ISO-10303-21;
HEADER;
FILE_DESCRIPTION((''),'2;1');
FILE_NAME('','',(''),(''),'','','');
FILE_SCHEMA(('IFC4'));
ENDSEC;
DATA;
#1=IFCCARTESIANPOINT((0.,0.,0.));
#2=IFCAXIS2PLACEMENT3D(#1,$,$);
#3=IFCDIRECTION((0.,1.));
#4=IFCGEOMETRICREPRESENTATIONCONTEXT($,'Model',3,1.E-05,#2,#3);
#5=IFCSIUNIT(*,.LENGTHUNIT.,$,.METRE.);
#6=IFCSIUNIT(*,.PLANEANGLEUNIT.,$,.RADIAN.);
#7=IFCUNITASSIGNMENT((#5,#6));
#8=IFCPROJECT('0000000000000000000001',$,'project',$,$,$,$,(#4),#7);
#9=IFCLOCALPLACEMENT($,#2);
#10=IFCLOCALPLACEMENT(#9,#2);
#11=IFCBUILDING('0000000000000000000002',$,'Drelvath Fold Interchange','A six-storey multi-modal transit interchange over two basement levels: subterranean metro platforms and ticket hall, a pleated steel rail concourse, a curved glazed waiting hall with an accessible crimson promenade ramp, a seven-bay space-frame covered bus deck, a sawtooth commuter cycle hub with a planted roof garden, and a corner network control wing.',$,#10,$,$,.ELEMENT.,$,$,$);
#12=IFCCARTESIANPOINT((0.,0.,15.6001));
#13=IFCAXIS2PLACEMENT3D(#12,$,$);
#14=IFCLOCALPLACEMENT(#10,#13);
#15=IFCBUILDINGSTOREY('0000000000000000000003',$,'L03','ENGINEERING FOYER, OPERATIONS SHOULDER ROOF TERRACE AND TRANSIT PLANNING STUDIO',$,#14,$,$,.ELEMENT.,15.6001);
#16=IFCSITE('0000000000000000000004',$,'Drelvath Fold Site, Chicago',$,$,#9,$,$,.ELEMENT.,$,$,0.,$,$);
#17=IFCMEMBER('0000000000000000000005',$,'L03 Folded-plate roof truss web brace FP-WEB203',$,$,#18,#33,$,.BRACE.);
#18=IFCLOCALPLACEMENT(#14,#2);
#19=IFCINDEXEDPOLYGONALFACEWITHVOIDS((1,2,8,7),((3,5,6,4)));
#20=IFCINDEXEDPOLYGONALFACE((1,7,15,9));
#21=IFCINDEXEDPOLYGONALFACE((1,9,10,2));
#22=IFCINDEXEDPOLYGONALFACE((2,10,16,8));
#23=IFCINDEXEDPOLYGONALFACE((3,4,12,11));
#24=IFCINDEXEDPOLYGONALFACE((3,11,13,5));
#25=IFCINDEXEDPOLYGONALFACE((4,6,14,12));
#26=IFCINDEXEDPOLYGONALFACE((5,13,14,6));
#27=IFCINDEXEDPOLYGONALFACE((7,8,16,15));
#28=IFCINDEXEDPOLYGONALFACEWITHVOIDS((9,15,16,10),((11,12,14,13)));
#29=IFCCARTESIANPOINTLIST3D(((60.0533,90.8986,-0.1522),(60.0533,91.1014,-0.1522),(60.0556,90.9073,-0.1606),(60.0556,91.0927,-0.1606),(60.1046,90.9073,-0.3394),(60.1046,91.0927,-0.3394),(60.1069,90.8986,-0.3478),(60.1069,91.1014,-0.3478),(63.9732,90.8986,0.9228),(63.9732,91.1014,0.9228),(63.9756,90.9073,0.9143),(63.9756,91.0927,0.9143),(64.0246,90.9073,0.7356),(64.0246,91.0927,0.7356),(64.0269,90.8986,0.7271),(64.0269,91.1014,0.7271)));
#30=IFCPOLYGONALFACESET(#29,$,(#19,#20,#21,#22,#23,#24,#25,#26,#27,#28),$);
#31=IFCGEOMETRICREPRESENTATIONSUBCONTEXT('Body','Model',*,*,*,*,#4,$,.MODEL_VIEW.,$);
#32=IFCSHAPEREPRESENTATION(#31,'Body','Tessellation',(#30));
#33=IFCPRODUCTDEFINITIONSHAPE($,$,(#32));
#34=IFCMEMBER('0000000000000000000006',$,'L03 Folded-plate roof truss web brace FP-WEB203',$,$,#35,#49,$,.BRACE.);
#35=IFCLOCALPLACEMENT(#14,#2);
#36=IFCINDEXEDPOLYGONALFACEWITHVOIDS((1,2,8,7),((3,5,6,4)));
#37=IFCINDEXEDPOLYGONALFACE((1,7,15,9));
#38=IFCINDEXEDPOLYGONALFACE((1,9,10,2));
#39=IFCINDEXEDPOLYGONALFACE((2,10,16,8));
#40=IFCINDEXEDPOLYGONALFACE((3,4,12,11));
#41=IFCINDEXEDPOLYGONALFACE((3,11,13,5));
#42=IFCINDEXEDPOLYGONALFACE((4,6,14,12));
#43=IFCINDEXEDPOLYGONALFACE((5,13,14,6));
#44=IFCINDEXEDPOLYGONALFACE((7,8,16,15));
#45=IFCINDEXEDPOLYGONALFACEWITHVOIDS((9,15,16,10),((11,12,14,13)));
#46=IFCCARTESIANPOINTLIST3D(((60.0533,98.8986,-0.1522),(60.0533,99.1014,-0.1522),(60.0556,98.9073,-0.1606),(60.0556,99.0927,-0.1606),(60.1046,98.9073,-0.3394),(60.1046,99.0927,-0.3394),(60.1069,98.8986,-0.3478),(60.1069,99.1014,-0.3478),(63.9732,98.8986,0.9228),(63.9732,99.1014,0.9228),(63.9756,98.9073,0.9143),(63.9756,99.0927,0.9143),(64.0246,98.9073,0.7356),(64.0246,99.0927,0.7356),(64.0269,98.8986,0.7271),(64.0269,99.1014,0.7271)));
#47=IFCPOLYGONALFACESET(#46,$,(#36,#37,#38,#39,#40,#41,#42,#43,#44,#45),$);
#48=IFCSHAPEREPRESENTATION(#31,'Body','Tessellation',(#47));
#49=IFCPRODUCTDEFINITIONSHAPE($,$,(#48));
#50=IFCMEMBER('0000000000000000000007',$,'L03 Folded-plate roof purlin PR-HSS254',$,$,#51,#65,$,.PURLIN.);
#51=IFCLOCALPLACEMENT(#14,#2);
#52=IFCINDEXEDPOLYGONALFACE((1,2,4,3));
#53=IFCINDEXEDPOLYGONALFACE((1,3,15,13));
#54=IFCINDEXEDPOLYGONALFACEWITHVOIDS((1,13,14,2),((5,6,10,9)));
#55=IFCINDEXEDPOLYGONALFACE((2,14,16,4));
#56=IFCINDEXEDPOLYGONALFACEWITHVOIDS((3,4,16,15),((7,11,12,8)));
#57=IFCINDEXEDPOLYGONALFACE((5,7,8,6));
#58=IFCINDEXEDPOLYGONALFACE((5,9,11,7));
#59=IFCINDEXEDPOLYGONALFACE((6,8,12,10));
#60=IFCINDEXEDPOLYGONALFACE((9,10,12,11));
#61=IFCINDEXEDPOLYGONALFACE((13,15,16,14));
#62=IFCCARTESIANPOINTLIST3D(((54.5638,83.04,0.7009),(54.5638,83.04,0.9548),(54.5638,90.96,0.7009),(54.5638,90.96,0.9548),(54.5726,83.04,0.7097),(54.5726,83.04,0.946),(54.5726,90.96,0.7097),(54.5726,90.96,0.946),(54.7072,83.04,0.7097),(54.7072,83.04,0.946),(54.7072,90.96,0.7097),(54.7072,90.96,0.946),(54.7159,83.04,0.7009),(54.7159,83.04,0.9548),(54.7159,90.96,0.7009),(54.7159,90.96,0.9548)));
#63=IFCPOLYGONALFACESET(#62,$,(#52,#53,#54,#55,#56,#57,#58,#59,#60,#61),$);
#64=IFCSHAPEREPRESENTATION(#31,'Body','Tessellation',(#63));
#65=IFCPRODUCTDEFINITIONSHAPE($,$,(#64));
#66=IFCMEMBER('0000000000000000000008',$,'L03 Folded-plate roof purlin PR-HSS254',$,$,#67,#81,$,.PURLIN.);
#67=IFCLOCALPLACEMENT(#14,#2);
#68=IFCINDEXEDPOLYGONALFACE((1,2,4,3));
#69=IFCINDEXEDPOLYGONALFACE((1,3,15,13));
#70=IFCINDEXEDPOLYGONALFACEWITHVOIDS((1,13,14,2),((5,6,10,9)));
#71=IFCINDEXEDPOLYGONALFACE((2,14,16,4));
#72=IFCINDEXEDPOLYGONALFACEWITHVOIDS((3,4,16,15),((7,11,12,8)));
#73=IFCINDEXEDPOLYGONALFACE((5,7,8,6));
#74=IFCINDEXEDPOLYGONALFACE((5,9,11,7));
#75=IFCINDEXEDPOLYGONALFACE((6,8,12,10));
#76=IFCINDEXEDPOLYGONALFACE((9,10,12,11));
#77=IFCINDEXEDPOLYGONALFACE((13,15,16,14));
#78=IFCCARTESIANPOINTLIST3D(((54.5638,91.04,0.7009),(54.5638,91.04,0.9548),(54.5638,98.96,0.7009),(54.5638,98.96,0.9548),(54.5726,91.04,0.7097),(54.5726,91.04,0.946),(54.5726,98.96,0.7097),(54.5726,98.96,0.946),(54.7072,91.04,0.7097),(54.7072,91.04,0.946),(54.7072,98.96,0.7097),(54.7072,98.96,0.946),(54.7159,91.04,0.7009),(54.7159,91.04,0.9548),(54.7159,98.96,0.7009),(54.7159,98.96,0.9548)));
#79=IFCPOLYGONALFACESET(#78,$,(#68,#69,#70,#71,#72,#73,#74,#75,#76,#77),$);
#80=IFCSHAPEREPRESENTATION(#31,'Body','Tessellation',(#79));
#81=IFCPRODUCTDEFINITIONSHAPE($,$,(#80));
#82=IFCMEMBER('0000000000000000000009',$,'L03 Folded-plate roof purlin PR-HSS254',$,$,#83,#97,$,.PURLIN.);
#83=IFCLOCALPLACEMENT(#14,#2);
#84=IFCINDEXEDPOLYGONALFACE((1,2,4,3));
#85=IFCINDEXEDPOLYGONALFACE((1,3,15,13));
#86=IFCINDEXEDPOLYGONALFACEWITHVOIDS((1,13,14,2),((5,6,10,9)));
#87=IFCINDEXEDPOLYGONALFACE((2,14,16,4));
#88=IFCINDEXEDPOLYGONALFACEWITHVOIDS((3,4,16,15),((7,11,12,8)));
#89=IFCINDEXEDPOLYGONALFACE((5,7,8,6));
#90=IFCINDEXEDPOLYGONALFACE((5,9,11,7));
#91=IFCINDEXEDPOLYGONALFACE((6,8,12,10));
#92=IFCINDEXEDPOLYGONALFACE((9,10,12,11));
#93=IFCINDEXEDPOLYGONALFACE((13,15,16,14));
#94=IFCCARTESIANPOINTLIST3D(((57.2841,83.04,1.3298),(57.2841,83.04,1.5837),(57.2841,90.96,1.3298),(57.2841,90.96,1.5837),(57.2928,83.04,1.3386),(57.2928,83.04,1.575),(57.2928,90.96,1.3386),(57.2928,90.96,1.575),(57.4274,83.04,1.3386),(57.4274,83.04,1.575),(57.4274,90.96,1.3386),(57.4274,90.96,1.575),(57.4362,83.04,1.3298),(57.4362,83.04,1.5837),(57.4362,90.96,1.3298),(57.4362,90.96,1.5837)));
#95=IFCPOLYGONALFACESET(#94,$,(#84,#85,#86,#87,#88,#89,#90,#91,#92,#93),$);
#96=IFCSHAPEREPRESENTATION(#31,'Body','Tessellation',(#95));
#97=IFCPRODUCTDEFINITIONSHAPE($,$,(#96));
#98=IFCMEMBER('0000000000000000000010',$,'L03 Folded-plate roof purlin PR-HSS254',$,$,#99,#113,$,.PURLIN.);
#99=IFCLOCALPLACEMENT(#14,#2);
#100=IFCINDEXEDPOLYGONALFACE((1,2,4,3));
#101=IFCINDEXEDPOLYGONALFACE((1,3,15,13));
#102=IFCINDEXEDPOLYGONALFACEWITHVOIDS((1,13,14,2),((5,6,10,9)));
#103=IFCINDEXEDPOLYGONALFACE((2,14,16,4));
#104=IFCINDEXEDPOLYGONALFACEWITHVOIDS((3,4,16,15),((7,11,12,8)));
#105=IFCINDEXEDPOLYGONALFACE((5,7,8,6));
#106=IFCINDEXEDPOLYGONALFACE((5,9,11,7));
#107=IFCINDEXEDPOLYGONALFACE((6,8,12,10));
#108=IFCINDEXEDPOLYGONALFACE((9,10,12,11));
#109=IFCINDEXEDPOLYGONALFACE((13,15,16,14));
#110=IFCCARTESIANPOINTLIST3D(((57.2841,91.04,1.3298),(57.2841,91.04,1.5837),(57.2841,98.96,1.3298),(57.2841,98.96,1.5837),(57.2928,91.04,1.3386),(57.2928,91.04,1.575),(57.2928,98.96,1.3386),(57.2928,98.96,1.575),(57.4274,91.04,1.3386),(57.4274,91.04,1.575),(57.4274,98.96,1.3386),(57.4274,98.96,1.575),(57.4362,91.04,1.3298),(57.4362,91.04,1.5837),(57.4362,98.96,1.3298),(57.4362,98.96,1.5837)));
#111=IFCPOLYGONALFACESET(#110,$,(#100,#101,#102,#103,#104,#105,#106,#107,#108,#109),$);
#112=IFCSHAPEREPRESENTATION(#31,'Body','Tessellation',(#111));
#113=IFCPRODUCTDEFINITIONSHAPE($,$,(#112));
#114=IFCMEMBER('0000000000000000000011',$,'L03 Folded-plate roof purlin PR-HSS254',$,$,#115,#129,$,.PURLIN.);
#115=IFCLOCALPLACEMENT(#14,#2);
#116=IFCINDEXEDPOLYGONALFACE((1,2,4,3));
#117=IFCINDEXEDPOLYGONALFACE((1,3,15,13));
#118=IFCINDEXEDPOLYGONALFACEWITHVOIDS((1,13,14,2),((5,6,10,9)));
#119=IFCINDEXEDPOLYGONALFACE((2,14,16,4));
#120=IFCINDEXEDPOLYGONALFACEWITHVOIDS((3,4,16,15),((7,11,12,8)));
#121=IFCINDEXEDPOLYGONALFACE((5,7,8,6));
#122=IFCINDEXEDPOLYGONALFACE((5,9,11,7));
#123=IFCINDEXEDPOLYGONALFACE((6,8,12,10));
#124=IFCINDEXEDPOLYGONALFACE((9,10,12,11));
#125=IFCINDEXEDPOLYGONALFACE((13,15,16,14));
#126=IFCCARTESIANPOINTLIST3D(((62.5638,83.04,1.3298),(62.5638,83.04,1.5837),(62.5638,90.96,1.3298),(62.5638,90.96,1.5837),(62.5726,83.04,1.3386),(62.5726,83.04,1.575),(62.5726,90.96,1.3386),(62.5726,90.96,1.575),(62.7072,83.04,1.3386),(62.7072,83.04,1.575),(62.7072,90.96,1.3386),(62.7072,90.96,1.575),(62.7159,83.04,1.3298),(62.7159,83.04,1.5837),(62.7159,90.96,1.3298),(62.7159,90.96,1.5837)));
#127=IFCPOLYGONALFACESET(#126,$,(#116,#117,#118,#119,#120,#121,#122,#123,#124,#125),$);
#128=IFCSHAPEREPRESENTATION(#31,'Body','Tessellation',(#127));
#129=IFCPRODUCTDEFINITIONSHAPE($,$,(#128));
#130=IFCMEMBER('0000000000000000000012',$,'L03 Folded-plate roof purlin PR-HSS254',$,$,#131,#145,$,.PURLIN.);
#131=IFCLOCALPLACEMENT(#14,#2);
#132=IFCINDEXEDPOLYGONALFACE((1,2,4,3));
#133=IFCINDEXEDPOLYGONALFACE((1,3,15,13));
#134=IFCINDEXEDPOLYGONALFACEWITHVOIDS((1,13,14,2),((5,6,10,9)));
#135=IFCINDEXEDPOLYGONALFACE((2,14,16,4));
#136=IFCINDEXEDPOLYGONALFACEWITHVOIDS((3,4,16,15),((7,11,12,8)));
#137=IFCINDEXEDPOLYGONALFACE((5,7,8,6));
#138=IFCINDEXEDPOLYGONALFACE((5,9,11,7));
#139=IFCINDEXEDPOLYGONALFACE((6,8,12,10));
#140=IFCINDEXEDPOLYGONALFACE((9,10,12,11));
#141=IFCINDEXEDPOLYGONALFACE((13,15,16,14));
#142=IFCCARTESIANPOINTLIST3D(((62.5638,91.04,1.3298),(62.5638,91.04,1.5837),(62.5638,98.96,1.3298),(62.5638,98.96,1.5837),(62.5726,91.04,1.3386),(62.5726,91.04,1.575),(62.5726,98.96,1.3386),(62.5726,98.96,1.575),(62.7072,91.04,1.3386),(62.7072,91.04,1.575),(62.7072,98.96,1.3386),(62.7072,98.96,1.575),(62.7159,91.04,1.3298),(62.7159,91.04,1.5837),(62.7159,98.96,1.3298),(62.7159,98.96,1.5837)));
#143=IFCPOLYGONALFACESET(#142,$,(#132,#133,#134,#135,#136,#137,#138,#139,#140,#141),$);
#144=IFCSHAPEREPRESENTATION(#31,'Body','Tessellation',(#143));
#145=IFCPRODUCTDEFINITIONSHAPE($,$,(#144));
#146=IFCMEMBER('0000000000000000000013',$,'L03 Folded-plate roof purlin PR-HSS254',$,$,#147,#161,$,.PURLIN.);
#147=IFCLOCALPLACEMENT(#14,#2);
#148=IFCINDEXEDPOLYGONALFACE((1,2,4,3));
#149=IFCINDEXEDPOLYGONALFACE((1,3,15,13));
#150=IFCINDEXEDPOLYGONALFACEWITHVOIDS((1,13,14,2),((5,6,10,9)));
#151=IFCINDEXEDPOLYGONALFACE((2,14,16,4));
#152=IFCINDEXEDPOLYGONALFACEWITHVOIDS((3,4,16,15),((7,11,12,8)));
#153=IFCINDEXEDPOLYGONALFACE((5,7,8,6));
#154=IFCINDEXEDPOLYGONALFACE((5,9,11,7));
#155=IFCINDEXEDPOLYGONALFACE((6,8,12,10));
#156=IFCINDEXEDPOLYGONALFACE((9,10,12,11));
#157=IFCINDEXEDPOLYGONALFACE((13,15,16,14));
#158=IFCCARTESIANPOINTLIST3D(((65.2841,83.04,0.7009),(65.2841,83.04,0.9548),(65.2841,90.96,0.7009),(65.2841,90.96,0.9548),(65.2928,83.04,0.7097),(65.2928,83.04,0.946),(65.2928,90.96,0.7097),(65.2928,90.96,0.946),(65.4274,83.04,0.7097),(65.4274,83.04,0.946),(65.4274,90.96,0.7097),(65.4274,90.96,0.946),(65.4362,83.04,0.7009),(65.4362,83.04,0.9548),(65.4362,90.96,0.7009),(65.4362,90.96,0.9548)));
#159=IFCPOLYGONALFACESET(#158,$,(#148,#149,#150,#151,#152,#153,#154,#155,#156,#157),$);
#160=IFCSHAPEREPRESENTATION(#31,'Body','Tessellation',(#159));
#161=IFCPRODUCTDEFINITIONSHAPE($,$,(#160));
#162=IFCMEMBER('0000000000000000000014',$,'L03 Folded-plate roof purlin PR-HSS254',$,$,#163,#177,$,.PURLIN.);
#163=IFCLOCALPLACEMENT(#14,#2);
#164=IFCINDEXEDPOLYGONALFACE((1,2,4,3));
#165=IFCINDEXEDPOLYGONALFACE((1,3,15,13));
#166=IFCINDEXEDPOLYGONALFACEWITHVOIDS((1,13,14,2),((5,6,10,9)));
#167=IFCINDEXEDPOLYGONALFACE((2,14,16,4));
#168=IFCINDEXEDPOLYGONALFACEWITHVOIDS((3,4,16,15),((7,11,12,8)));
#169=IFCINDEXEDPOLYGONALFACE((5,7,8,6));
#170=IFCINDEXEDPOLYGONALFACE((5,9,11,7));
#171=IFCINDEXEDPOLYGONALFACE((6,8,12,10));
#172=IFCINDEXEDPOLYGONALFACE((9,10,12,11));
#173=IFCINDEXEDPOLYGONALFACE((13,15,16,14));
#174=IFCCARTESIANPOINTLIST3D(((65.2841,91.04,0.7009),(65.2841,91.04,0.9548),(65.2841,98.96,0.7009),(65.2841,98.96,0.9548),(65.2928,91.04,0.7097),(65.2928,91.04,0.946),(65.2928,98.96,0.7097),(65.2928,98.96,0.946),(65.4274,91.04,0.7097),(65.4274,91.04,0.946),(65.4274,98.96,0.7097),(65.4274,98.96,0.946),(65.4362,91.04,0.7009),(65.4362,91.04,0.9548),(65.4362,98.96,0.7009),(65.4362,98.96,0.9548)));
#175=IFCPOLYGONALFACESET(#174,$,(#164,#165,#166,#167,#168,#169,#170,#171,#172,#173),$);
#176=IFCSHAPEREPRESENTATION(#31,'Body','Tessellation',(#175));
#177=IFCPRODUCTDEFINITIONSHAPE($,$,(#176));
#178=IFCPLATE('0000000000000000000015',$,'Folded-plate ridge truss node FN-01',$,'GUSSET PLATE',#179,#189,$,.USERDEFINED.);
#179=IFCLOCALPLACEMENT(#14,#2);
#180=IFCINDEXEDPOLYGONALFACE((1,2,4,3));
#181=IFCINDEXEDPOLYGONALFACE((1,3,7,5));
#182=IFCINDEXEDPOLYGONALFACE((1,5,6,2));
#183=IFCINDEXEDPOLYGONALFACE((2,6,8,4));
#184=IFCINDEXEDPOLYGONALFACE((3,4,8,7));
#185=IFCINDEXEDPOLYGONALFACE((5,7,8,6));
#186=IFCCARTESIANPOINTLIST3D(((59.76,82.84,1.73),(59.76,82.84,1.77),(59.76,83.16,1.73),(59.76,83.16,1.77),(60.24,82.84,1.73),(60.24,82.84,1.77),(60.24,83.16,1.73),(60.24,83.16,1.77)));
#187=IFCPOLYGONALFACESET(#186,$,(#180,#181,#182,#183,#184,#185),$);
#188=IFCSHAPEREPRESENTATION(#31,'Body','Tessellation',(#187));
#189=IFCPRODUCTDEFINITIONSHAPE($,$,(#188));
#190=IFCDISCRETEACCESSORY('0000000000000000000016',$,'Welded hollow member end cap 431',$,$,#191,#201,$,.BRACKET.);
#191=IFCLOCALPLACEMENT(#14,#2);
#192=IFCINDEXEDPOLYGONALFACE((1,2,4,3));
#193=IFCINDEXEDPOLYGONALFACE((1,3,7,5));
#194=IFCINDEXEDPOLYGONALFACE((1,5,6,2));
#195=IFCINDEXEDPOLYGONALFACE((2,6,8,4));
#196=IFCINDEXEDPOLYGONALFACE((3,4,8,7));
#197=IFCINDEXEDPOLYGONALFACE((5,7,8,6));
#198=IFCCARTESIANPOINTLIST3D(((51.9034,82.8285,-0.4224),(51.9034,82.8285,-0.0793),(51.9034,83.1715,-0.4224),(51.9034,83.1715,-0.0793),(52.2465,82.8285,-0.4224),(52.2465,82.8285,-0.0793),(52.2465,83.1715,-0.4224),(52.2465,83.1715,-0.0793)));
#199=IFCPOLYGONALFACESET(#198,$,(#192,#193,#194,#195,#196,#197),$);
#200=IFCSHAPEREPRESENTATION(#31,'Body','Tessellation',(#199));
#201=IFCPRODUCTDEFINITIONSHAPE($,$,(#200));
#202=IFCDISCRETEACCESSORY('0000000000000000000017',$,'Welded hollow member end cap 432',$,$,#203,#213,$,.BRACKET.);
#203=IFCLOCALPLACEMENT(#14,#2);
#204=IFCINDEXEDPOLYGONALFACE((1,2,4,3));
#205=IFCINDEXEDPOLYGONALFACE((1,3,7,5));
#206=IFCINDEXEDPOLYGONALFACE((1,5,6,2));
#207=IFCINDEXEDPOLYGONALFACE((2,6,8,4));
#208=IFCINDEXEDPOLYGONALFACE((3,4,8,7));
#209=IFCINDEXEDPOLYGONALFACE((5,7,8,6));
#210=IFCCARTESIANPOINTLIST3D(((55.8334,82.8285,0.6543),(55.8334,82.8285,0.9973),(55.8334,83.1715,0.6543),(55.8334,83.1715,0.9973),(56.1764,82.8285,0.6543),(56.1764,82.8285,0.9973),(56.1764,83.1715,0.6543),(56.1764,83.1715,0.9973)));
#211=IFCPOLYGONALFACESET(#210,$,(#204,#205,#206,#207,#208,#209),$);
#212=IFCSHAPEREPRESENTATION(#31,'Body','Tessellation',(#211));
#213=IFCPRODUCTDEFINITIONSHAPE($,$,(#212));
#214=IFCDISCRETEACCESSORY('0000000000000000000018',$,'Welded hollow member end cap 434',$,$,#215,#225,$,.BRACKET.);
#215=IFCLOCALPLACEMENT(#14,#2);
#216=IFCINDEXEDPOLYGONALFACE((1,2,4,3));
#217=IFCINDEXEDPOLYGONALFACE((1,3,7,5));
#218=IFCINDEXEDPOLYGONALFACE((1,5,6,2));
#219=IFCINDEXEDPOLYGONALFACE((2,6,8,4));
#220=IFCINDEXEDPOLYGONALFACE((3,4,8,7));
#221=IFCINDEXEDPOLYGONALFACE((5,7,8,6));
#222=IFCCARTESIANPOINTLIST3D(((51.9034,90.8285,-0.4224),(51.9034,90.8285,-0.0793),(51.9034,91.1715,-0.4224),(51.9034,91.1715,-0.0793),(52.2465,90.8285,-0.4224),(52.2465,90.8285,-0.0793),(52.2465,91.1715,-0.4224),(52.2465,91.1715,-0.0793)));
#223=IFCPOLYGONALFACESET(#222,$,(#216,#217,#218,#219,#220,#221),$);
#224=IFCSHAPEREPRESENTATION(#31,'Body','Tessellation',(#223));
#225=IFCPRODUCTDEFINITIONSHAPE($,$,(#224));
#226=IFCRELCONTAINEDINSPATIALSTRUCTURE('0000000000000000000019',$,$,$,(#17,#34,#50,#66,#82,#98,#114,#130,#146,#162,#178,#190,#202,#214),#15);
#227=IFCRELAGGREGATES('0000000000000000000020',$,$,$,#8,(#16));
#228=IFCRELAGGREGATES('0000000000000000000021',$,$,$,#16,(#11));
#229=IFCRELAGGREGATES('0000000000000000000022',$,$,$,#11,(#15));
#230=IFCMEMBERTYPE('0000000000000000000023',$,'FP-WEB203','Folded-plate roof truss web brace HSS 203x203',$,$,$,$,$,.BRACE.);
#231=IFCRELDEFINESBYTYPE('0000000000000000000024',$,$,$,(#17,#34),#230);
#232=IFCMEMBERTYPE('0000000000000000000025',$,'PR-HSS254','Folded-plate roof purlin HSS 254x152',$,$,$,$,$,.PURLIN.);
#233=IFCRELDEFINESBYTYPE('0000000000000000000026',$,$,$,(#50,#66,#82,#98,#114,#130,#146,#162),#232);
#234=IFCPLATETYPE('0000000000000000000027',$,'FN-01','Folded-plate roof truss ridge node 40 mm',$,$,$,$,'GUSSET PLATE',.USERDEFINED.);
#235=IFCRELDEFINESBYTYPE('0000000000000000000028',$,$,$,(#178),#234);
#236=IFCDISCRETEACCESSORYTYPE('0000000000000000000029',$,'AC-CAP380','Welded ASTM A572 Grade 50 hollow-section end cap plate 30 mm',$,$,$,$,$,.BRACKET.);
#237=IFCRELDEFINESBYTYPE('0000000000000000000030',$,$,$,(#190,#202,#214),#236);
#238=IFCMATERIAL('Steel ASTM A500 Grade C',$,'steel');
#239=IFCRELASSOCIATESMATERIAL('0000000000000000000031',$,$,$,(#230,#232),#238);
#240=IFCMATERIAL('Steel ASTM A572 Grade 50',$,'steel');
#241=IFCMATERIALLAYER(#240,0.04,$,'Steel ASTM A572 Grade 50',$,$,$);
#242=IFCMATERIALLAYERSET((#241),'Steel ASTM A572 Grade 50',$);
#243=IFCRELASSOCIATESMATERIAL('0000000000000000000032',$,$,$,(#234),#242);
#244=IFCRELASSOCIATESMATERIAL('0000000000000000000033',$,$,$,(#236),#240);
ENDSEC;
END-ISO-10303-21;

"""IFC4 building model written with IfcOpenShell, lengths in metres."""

from ifc_helpers import new_model, si_unit, direction, frame, origin, origin_2d, place, context, subcontext, project, spatial, rectangle, hollow_rectangle, extrude, material, layer, layer_set, material_profile, profile_set, type_object, element, save


model = new_model("IFC4")

# Units and contexts
model_context = context("Model", 3, precision=1e-05, world=origin(), true_north=direction((0.0, 1.0)))
body_context = subcontext(model_context, "Body", "Model", "MODEL_VIEW")
ifc_project = project(units=[si_unit("LENGTHUNIT", "METRE"), si_unit("PLANEANGLEUNIT", "RADIAN")], contexts=[model_context])

# Site, building, storey
site_placement = place(None, origin())
site = spatial("IfcSite", under=ifc_project, at=site_placement, Name="Drelvath Fold Site, Chicago", CompositionType="ELEMENT", RefElevation=0.0)
building_placement = place(site_placement, origin())
building = spatial("IfcBuilding", under=site, at=building_placement, Name="Drelvath Fold Interchange", Description="A six-storey multi-modal transit interchange over two basement levels: subterranean metro platforms and ticket hall, a pleated steel rail concourse, a curved glazed waiting hall with an accessible crimson promenade ramp, a seven-bay space-frame covered bus deck, a sawtooth commuter cycle hub with a planted roof garden, and a corner network control wing.", CompositionType="ELEMENT")
storey_placement = place(building_placement, frame((0.0, 0.0, 15.6001)))
storey = spatial("IfcBuildingStorey", under=building, at=storey_placement, Name="L03", Description="ENGINEERING FOYER, OPERATIONS SHOULDER ROOF TERRACE AND TRANSIT PLANNING STUDIO", CompositionType="ELEMENT", Elevation=15.6001)

# Members
ifc_material_1 = material(Name="Steel ASTM A500 Grade C", Category="steel")
ifc_material_profile_1 = material_profile(ifc_material_1, hollow_rectangle(XDim=0.2029, YDim=0.2029, WallThickness=0.0088, at=origin_2d()), Name="HSS8X8X3/8")
ifc_profile_set_1 = profile_set([ifc_material_profile_1], Name="Steel ASTM A500 Grade C")
member_type_1 = type_object("IfcMemberType", Name="FP-WEB203", Description="Folded-plate roof truss web brace HSS 203x203", PredefinedType="BRACE", material=ifc_profile_set_1)
for number, where, z_axis, x_axis, name in (
    (1, (60.0801, 91.0, -0.25), (0.964396, 0.0, 0.264464), (0.0, 1.0, 0.0), "L03 Folded-plate roof truss web brace FP-WEB203"),
    (2, (60.0801, 99.0, -0.25), (0.964396, 0.0, 0.264464), (0.0, 1.0, 0.0), "L03 Folded-plate roof truss web brace FP-WEB203"),
):
    element("IfcMember", number, at=place(storey_placement, frame(where, z_axis=z_axis, x_axis=x_axis)), inside=storey, type_object=member_type_1, Name=name, PredefinedType="BRACE", context=body_context, shape_type="SweptSolid", body=[
        extrude(hollow_rectangle(XDim=0.2029, YDim=0.2029, WallThickness=0.0088, at=origin_2d()), origin(), (0.0, 0.0, 1.0), 4.0647),
    ])
ifc_material_profile_2 = material_profile(ifc_material_1, hollow_rectangle(XDim=0.1521, YDim=0.2539, WallThickness=0.0088, at=origin_2d()), Name="HSS10X6X3/8")
ifc_profile_set_2 = profile_set([ifc_material_profile_2], Name="Steel ASTM A500 Grade C")
member_type_2 = type_object("IfcMemberType", Name="PR-HSS254", Description="Folded-plate roof purlin HSS 254x152", PredefinedType="PURLIN", material=ifc_profile_set_2)
for number, where, z_axis, x_axis, name in (
    (3, (54.6399, 83.04, 0.8279), (0.0, 1.0, 0.0), (-1.0, 0.0, 0.0), "L03 Folded-plate roof purlin PR-HSS254"),
    (4, (54.6399, 91.04, 0.8279), (0.0, 1.0, 0.0), (-1.0, 0.0, 0.0), "L03 Folded-plate roof purlin PR-HSS254"),
    (5, (57.3601, 83.04, 1.4568), (0.0, 1.0, 0.0), (-1.0, 0.0, 0.0), "L03 Folded-plate roof purlin PR-HSS254"),
    (6, (57.3601, 91.04, 1.4568), (0.0, 1.0, 0.0), (-1.0, 0.0, 0.0), "L03 Folded-plate roof purlin PR-HSS254"),
    (7, (62.6399, 83.04, 1.4568), (0.0, 1.0, 0.0), (-1.0, 0.0, 0.0), "L03 Folded-plate roof purlin PR-HSS254"),
    (8, (62.6399, 91.04, 1.4568), (0.0, 1.0, 0.0), (-1.0, 0.0, 0.0), "L03 Folded-plate roof purlin PR-HSS254"),
    (9, (65.3601, 83.04, 0.8279), (0.0, 1.0, 0.0), (-1.0, 0.0, 0.0), "L03 Folded-plate roof purlin PR-HSS254"),
    (10, (65.3601, 91.04, 0.8279), (0.0, 1.0, 0.0), (-1.0, 0.0, 0.0), "L03 Folded-plate roof purlin PR-HSS254"),
):
    element("IfcMember", number, at=place(storey_placement, frame(where, z_axis=z_axis, x_axis=x_axis)), inside=storey, type_object=member_type_2, Name=name, PredefinedType="PURLIN", context=body_context, shape_type="SweptSolid", body=[
        extrude(hollow_rectangle(XDim=0.1521, YDim=0.2539, WallThickness=0.0088, at=origin_2d()), origin(), (0.0, 0.0, 1.0), 7.9199),
    ])

# Plate
ifc_material_2 = material(Name="Steel ASTM A572 Grade 50", Category="steel")
ifc_layer = layer(ifc_material_2, 0.04, Name="Steel ASTM A572 Grade 50")
ifc_layer_set = layer_set([ifc_layer], Name="Steel ASTM A572 Grade 50")
plate_type = type_object("IfcPlateType", Name="FN-01", Description="Folded-plate roof truss ridge node 40 mm", ElementType="GUSSET PLATE", PredefinedType="USERDEFINED", material=ifc_layer_set)
plate_placement = place(storey_placement, frame((60.0, 83.0, 1.73), z_axis=(0.0, 0.0, 1.0), x_axis=(1.0, 0.0, 0.0)))
element("IfcPlate", 11, at=plate_placement, inside=storey, type_object=plate_type, Name="Folded-plate ridge truss node FN-01", ObjectType="GUSSET PLATE", PredefinedType="USERDEFINED", context=body_context, shape_type="SweptSolid", body=[
    extrude(rectangle(XDim=0.48, YDim=0.3201, at=origin_2d()), origin(), (0.0, 0.0, 1.0), 0.04),
])

# Discrete accessories
discrete_accessory_type = type_object("IfcDiscreteAccessoryType", Name="AC-CAP380", Description="Welded ASTM A572 Grade 50 hollow-section end cap plate 30 mm", PredefinedType="BRACKET", material=ifc_material_2)
for number, where, z_axis, x_axis, name in (
    (12, (52.075, 83.0, -0.4224), (0.0, 0.0, 1.0), (1.0, 0.0, 0.0), "Welded hollow member end cap 431"),
    (13, (56.0049, 83.0, 0.6543), (0.0, 0.0, 1.0), (1.0, 0.0, 0.0), "Welded hollow member end cap 432"),
    (14, (52.075, 91.0, -0.4224), (0.0, 0.0, 1.0), (1.0, 0.0, 0.0), "Welded hollow member end cap 434"),
):
    element("IfcDiscreteAccessory", number, at=place(storey_placement, frame(where, z_axis=z_axis, x_axis=x_axis)), inside=storey, type_object=discrete_accessory_type, Name=name, PredefinedType="BRACKET", context=body_context, shape_type="SweptSolid", body=[
        extrude(rectangle(XDim=0.343, YDim=0.343, at=origin_2d()), origin(), (0.0, 0.0, 1.0), 0.343),
    ])

save(model, "model.ifc")
